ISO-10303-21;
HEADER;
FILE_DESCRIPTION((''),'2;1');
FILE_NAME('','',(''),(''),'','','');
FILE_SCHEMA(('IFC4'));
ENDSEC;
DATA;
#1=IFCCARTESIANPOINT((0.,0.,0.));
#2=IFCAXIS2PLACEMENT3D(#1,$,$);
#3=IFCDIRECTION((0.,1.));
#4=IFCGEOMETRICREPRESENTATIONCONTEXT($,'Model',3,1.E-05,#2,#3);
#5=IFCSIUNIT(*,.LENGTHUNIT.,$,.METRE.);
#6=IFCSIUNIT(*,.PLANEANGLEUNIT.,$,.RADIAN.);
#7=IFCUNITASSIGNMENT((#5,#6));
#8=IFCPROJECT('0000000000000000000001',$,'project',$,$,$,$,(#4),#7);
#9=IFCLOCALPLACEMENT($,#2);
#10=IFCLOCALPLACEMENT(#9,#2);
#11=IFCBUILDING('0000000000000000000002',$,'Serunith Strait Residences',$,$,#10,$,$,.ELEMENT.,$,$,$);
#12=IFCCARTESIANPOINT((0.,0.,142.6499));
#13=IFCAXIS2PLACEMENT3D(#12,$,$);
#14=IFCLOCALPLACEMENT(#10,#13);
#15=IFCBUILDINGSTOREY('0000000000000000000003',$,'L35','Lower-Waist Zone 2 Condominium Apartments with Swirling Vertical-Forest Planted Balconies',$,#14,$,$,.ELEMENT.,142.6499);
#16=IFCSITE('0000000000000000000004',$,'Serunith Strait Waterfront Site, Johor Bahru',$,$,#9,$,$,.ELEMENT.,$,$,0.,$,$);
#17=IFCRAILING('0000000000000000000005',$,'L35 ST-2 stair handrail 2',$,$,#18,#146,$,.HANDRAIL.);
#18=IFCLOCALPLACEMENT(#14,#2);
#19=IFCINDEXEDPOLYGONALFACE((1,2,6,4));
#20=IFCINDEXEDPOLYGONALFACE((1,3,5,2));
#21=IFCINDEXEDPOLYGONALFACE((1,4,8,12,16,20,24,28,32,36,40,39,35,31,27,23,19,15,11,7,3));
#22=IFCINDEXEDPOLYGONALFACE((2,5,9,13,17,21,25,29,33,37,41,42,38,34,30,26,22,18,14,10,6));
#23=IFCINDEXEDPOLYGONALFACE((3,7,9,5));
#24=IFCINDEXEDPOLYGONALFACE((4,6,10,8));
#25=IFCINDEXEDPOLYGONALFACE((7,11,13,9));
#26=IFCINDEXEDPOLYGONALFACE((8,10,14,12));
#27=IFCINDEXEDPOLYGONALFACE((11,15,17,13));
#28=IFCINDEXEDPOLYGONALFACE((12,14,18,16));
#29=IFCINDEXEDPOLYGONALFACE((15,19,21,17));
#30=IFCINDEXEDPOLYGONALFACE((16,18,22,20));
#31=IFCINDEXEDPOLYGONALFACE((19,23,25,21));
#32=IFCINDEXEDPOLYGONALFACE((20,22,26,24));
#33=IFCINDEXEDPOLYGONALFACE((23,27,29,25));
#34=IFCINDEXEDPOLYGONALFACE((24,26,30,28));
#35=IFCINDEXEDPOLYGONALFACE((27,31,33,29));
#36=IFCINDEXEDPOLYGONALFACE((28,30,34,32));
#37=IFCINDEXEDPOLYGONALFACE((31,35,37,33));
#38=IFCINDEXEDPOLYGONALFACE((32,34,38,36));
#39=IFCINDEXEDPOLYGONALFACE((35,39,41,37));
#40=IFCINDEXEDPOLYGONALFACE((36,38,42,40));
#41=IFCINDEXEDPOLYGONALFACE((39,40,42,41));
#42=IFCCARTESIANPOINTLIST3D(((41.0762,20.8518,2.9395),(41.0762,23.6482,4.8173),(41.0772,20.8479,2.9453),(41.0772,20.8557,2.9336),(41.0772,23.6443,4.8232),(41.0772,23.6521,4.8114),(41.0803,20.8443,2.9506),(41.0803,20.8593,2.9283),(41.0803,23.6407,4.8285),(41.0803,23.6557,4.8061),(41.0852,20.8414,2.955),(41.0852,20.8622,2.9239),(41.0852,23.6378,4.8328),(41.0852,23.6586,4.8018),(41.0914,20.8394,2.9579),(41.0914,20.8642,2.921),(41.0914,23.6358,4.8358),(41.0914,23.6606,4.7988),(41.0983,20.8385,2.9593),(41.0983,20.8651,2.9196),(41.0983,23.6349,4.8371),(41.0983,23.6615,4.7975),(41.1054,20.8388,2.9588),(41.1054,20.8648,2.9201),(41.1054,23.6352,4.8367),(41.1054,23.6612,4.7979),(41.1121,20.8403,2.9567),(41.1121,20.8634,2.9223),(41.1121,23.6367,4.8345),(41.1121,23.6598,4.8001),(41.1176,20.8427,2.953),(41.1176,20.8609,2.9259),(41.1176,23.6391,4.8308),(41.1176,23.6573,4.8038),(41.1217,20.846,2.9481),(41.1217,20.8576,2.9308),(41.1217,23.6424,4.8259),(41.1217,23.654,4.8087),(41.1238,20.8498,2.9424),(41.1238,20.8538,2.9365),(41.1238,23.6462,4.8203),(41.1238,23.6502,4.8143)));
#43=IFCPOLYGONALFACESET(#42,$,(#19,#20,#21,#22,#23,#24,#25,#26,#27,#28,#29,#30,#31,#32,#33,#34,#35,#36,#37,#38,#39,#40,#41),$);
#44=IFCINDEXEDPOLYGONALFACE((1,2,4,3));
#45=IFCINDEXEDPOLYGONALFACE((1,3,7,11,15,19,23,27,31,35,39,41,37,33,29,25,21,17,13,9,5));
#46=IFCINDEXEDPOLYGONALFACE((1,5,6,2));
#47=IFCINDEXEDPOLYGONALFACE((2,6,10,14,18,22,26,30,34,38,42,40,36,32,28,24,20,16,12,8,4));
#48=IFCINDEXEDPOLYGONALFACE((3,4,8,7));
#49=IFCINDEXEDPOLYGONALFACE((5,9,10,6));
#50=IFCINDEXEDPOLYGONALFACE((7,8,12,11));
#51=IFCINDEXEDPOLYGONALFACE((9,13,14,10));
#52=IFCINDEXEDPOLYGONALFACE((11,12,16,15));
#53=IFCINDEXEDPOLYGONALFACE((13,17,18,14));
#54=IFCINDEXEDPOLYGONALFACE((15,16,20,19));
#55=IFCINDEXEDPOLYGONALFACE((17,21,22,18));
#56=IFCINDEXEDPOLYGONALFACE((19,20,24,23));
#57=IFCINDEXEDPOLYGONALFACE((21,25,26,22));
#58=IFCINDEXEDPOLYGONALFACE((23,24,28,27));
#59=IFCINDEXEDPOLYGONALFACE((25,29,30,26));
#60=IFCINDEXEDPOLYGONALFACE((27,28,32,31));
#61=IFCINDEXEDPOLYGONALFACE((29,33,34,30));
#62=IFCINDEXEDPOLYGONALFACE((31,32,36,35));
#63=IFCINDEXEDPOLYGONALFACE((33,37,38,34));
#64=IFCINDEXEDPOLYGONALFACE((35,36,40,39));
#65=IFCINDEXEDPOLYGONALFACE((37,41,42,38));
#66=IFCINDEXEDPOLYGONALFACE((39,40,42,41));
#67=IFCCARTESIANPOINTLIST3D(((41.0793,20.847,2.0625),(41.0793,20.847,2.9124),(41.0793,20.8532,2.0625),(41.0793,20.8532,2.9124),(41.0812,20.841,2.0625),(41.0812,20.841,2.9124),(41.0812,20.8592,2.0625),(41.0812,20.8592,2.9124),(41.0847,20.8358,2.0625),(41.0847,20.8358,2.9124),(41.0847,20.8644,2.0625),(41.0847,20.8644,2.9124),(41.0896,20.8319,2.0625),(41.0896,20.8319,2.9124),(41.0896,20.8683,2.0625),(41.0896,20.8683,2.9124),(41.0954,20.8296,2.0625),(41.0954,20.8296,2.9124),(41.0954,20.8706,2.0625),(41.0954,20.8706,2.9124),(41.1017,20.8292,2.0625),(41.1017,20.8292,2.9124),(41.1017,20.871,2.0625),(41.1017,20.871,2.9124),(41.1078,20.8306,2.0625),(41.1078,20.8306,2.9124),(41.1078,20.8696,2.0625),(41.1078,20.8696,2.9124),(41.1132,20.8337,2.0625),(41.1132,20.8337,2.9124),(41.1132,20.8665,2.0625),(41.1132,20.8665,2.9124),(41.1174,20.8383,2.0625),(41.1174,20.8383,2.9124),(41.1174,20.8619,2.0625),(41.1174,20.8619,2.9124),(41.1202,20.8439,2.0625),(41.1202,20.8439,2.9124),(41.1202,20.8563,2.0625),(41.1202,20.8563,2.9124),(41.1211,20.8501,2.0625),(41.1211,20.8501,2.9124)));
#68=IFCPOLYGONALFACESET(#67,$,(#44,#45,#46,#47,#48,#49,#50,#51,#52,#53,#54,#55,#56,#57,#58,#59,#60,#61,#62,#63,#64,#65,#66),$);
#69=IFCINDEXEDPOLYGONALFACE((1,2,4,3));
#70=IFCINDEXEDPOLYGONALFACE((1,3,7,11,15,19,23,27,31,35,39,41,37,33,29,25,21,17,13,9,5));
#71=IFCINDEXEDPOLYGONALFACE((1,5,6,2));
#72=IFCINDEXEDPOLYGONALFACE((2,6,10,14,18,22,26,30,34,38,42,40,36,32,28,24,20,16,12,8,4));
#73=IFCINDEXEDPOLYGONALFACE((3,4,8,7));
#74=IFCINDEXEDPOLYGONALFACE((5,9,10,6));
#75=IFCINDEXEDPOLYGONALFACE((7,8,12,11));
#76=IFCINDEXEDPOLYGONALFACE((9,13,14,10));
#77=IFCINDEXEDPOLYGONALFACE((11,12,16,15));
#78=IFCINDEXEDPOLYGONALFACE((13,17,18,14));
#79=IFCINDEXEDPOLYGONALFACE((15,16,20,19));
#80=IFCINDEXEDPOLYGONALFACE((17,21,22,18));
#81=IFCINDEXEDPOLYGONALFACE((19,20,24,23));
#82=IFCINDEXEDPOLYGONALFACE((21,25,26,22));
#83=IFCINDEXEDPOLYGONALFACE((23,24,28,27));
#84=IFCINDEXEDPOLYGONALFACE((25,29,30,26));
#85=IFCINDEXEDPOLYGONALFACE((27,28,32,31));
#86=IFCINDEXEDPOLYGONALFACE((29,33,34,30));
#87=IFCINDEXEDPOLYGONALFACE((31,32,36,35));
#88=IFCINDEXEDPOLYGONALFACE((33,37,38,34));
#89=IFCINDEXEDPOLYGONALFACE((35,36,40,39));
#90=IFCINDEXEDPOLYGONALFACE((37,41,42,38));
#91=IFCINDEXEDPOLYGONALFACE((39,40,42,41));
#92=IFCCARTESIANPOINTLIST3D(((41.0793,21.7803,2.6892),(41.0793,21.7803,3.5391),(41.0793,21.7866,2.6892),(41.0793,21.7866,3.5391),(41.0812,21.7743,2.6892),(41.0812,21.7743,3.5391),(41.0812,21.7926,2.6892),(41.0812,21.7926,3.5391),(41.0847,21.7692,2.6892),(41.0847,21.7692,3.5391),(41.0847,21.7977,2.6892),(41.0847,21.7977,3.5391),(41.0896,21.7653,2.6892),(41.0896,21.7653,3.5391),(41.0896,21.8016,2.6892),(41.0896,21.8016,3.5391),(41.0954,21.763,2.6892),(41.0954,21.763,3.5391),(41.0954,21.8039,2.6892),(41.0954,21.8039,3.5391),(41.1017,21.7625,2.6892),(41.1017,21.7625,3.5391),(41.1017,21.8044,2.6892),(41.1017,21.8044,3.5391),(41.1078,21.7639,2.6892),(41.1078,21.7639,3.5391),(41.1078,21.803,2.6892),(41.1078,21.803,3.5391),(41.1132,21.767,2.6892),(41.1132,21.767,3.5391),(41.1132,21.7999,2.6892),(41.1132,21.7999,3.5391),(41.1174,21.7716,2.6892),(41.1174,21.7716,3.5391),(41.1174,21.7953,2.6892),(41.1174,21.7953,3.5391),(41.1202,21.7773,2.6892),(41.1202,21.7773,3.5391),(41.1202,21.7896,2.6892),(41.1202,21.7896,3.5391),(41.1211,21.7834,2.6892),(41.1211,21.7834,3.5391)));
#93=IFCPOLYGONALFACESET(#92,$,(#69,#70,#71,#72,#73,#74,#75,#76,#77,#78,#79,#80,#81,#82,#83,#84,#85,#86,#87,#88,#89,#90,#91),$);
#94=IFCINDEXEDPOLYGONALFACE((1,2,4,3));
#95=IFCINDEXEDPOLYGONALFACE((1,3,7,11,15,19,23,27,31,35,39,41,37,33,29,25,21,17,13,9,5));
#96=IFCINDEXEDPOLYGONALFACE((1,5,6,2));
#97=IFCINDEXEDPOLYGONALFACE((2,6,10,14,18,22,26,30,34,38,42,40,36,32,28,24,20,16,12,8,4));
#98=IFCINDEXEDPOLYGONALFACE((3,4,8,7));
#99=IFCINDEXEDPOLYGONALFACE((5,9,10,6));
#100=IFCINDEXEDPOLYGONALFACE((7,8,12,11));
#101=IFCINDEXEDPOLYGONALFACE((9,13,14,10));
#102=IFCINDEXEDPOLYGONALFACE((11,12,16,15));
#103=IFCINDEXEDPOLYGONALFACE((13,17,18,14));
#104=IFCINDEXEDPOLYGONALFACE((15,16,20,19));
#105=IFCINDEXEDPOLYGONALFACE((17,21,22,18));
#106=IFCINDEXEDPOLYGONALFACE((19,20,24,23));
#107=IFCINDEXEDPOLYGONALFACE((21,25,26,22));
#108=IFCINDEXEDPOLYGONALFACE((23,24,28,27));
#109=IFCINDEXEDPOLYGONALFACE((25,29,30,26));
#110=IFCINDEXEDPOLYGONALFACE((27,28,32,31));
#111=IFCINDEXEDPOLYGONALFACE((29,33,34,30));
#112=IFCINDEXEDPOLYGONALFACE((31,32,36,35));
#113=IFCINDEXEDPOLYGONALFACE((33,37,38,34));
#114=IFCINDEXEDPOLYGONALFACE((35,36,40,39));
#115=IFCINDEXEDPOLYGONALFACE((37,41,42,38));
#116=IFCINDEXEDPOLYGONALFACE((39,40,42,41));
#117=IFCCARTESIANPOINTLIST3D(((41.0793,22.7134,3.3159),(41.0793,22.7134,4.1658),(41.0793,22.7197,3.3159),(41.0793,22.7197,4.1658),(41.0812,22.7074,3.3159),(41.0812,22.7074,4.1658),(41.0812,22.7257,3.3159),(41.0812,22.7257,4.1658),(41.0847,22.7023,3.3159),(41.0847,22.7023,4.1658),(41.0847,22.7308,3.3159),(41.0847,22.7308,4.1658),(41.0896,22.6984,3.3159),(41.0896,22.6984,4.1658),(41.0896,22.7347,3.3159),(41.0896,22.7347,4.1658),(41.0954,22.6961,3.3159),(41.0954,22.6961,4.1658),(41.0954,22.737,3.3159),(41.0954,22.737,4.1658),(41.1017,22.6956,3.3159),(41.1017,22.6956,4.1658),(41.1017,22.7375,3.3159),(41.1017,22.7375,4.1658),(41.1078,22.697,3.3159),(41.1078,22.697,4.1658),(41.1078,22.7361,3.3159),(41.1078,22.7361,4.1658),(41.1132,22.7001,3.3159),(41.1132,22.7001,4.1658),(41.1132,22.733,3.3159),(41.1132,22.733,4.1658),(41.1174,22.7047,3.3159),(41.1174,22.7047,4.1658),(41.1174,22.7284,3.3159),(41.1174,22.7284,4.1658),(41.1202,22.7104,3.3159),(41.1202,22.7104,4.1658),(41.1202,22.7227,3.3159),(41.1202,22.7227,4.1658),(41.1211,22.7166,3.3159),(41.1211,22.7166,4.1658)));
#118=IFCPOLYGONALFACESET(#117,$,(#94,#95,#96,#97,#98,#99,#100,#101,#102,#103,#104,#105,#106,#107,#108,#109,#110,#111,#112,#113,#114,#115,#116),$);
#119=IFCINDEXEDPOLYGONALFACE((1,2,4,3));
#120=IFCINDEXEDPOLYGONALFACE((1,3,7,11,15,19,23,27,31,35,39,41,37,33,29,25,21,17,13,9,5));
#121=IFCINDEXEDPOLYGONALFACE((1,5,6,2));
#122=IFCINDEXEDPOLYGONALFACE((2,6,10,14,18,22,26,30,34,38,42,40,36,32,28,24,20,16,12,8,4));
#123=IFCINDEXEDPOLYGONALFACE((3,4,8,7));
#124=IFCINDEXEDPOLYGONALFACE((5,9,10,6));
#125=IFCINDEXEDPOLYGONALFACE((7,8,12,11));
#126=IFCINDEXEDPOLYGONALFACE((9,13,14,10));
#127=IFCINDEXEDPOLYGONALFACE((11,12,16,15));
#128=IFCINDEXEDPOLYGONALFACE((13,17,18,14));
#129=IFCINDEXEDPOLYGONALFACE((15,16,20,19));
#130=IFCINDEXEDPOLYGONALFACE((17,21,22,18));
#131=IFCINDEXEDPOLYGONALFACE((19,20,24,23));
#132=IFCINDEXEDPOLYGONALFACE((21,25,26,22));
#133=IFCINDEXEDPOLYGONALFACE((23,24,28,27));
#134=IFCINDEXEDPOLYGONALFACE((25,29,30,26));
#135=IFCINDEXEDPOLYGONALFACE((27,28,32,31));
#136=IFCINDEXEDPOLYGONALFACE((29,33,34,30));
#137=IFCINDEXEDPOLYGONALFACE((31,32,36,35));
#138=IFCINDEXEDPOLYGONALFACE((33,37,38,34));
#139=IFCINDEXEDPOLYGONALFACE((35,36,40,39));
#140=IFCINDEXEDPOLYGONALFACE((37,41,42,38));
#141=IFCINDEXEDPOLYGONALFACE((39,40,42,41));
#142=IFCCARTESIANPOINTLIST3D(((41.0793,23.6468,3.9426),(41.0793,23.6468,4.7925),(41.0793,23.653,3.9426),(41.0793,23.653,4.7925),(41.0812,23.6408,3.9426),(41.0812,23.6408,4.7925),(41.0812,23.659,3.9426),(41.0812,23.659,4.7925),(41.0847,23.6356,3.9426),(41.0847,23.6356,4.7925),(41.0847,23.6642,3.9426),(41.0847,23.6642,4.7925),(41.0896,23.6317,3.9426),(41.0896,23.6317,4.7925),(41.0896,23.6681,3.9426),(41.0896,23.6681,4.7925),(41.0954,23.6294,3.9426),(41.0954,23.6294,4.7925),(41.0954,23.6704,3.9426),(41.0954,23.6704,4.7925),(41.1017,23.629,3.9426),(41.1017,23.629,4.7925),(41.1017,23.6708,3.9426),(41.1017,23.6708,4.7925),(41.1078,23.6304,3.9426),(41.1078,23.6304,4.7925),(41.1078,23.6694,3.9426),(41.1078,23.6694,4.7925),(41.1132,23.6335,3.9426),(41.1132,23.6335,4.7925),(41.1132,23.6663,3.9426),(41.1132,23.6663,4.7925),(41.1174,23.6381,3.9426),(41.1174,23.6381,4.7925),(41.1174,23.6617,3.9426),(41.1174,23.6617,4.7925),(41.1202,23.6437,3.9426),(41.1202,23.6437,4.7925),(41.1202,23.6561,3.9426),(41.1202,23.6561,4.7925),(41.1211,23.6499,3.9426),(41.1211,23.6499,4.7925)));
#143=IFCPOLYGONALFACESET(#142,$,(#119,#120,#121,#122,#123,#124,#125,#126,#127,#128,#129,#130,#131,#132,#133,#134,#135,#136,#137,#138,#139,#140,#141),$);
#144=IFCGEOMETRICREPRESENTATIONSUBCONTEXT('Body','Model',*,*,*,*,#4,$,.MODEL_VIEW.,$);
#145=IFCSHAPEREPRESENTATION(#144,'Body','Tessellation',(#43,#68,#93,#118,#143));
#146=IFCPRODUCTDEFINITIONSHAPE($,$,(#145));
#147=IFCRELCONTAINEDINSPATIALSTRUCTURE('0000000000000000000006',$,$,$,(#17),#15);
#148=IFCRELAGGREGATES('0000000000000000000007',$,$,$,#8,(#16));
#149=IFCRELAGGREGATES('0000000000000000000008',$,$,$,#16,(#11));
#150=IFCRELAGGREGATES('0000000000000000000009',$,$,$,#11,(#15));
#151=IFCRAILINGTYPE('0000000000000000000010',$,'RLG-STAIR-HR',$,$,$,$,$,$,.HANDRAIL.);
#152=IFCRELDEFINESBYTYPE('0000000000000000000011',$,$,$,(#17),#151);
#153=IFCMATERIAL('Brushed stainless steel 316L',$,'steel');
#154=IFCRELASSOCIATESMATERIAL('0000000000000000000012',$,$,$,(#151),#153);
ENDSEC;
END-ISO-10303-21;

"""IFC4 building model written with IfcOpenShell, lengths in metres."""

from ifc_helpers import new_model, si_unit, direction, frame, origin, origin_2d, place, context, subcontext, project, spatial, circle, extrude, material, type_object, element, save


model = new_model("IFC4")

# Units and contexts
model_context = context("Model", 3, precision=1e-05, world=origin(), true_north=direction((0.0, 1.0)))
body_context = subcontext(model_context, "Body", "Model", "MODEL_VIEW")
ifc_project = project(units=[si_unit("LENGTHUNIT", "METRE"), si_unit("PLANEANGLEUNIT", "RADIAN")], contexts=[model_context])

# Site, building, storey
site_placement = place(None, origin())
site = spatial("IfcSite", under=ifc_project, at=site_placement, Name="Serunith Strait Waterfront Site, Johor Bahru", CompositionType="ELEMENT", RefElevation=0.0)
building_placement = place(site_placement, origin())
building = spatial("IfcBuilding", under=site, at=building_placement, Name="Serunith Strait Residences", CompositionType="ELEMENT")
storey_placement = place(building_placement, frame((0.0, 0.0, 142.6499)))
storey = spatial("IfcBuildingStorey", under=building, at=storey_placement, Name="L35", Description="Lower-Waist Zone 2 Condominium Apartments with Swirling Vertical-Forest Planted Balconies", CompositionType="ELEMENT", Elevation=142.6499)

# Railing
ifc_material_1 = material(Name="Brushed stainless steel 316L", Category="steel")
railing_type_1 = type_object("IfcRailingType", Name="RLG-STAIR-HR", PredefinedType="HANDRAIL", material=ifc_material_1)
railing_1_placement = place(storey_placement, frame((41.1001, 20.8501, 2.0625)))
element("IfcRailing", 1, at=railing_1_placement, inside=storey, type_object=railing_type_1, Name="L35 ST-2 stair handrail 2", PredefinedType="HANDRAIL", context=body_context, shape_type="SweptSolid", body=[
    extrude(circle(Radius=0.0239, at=origin_2d()), frame((0.0, 0.0017, 0.877), z_axis=(0.0, 0.830186, 0.557487), x_axis=(-1.0, 0.0, 0.0)), (0.0, 0.0, 1.0), 3.3684),
    extrude(circle(Radius=0.021, at=origin_2d()), origin(), (0.0, 0.0, 1.0), 0.8499),
    extrude(circle(Radius=0.021, at=origin_2d()), frame((0.0, 0.9333, 0.6267)), (0.0, 0.0, 1.0), 0.8499),
    extrude(circle(Radius=0.021, at=origin_2d()), frame((0.0, 1.8665, 1.2534)), (0.0, 0.0, 1.0), 0.8499),
    extrude(circle(Radius=0.021, at=origin_2d()), frame((0.0, 2.7998, 1.8801)), (0.0, 0.0, 1.0), 0.8499),
])

save(model, "model.ifc")
